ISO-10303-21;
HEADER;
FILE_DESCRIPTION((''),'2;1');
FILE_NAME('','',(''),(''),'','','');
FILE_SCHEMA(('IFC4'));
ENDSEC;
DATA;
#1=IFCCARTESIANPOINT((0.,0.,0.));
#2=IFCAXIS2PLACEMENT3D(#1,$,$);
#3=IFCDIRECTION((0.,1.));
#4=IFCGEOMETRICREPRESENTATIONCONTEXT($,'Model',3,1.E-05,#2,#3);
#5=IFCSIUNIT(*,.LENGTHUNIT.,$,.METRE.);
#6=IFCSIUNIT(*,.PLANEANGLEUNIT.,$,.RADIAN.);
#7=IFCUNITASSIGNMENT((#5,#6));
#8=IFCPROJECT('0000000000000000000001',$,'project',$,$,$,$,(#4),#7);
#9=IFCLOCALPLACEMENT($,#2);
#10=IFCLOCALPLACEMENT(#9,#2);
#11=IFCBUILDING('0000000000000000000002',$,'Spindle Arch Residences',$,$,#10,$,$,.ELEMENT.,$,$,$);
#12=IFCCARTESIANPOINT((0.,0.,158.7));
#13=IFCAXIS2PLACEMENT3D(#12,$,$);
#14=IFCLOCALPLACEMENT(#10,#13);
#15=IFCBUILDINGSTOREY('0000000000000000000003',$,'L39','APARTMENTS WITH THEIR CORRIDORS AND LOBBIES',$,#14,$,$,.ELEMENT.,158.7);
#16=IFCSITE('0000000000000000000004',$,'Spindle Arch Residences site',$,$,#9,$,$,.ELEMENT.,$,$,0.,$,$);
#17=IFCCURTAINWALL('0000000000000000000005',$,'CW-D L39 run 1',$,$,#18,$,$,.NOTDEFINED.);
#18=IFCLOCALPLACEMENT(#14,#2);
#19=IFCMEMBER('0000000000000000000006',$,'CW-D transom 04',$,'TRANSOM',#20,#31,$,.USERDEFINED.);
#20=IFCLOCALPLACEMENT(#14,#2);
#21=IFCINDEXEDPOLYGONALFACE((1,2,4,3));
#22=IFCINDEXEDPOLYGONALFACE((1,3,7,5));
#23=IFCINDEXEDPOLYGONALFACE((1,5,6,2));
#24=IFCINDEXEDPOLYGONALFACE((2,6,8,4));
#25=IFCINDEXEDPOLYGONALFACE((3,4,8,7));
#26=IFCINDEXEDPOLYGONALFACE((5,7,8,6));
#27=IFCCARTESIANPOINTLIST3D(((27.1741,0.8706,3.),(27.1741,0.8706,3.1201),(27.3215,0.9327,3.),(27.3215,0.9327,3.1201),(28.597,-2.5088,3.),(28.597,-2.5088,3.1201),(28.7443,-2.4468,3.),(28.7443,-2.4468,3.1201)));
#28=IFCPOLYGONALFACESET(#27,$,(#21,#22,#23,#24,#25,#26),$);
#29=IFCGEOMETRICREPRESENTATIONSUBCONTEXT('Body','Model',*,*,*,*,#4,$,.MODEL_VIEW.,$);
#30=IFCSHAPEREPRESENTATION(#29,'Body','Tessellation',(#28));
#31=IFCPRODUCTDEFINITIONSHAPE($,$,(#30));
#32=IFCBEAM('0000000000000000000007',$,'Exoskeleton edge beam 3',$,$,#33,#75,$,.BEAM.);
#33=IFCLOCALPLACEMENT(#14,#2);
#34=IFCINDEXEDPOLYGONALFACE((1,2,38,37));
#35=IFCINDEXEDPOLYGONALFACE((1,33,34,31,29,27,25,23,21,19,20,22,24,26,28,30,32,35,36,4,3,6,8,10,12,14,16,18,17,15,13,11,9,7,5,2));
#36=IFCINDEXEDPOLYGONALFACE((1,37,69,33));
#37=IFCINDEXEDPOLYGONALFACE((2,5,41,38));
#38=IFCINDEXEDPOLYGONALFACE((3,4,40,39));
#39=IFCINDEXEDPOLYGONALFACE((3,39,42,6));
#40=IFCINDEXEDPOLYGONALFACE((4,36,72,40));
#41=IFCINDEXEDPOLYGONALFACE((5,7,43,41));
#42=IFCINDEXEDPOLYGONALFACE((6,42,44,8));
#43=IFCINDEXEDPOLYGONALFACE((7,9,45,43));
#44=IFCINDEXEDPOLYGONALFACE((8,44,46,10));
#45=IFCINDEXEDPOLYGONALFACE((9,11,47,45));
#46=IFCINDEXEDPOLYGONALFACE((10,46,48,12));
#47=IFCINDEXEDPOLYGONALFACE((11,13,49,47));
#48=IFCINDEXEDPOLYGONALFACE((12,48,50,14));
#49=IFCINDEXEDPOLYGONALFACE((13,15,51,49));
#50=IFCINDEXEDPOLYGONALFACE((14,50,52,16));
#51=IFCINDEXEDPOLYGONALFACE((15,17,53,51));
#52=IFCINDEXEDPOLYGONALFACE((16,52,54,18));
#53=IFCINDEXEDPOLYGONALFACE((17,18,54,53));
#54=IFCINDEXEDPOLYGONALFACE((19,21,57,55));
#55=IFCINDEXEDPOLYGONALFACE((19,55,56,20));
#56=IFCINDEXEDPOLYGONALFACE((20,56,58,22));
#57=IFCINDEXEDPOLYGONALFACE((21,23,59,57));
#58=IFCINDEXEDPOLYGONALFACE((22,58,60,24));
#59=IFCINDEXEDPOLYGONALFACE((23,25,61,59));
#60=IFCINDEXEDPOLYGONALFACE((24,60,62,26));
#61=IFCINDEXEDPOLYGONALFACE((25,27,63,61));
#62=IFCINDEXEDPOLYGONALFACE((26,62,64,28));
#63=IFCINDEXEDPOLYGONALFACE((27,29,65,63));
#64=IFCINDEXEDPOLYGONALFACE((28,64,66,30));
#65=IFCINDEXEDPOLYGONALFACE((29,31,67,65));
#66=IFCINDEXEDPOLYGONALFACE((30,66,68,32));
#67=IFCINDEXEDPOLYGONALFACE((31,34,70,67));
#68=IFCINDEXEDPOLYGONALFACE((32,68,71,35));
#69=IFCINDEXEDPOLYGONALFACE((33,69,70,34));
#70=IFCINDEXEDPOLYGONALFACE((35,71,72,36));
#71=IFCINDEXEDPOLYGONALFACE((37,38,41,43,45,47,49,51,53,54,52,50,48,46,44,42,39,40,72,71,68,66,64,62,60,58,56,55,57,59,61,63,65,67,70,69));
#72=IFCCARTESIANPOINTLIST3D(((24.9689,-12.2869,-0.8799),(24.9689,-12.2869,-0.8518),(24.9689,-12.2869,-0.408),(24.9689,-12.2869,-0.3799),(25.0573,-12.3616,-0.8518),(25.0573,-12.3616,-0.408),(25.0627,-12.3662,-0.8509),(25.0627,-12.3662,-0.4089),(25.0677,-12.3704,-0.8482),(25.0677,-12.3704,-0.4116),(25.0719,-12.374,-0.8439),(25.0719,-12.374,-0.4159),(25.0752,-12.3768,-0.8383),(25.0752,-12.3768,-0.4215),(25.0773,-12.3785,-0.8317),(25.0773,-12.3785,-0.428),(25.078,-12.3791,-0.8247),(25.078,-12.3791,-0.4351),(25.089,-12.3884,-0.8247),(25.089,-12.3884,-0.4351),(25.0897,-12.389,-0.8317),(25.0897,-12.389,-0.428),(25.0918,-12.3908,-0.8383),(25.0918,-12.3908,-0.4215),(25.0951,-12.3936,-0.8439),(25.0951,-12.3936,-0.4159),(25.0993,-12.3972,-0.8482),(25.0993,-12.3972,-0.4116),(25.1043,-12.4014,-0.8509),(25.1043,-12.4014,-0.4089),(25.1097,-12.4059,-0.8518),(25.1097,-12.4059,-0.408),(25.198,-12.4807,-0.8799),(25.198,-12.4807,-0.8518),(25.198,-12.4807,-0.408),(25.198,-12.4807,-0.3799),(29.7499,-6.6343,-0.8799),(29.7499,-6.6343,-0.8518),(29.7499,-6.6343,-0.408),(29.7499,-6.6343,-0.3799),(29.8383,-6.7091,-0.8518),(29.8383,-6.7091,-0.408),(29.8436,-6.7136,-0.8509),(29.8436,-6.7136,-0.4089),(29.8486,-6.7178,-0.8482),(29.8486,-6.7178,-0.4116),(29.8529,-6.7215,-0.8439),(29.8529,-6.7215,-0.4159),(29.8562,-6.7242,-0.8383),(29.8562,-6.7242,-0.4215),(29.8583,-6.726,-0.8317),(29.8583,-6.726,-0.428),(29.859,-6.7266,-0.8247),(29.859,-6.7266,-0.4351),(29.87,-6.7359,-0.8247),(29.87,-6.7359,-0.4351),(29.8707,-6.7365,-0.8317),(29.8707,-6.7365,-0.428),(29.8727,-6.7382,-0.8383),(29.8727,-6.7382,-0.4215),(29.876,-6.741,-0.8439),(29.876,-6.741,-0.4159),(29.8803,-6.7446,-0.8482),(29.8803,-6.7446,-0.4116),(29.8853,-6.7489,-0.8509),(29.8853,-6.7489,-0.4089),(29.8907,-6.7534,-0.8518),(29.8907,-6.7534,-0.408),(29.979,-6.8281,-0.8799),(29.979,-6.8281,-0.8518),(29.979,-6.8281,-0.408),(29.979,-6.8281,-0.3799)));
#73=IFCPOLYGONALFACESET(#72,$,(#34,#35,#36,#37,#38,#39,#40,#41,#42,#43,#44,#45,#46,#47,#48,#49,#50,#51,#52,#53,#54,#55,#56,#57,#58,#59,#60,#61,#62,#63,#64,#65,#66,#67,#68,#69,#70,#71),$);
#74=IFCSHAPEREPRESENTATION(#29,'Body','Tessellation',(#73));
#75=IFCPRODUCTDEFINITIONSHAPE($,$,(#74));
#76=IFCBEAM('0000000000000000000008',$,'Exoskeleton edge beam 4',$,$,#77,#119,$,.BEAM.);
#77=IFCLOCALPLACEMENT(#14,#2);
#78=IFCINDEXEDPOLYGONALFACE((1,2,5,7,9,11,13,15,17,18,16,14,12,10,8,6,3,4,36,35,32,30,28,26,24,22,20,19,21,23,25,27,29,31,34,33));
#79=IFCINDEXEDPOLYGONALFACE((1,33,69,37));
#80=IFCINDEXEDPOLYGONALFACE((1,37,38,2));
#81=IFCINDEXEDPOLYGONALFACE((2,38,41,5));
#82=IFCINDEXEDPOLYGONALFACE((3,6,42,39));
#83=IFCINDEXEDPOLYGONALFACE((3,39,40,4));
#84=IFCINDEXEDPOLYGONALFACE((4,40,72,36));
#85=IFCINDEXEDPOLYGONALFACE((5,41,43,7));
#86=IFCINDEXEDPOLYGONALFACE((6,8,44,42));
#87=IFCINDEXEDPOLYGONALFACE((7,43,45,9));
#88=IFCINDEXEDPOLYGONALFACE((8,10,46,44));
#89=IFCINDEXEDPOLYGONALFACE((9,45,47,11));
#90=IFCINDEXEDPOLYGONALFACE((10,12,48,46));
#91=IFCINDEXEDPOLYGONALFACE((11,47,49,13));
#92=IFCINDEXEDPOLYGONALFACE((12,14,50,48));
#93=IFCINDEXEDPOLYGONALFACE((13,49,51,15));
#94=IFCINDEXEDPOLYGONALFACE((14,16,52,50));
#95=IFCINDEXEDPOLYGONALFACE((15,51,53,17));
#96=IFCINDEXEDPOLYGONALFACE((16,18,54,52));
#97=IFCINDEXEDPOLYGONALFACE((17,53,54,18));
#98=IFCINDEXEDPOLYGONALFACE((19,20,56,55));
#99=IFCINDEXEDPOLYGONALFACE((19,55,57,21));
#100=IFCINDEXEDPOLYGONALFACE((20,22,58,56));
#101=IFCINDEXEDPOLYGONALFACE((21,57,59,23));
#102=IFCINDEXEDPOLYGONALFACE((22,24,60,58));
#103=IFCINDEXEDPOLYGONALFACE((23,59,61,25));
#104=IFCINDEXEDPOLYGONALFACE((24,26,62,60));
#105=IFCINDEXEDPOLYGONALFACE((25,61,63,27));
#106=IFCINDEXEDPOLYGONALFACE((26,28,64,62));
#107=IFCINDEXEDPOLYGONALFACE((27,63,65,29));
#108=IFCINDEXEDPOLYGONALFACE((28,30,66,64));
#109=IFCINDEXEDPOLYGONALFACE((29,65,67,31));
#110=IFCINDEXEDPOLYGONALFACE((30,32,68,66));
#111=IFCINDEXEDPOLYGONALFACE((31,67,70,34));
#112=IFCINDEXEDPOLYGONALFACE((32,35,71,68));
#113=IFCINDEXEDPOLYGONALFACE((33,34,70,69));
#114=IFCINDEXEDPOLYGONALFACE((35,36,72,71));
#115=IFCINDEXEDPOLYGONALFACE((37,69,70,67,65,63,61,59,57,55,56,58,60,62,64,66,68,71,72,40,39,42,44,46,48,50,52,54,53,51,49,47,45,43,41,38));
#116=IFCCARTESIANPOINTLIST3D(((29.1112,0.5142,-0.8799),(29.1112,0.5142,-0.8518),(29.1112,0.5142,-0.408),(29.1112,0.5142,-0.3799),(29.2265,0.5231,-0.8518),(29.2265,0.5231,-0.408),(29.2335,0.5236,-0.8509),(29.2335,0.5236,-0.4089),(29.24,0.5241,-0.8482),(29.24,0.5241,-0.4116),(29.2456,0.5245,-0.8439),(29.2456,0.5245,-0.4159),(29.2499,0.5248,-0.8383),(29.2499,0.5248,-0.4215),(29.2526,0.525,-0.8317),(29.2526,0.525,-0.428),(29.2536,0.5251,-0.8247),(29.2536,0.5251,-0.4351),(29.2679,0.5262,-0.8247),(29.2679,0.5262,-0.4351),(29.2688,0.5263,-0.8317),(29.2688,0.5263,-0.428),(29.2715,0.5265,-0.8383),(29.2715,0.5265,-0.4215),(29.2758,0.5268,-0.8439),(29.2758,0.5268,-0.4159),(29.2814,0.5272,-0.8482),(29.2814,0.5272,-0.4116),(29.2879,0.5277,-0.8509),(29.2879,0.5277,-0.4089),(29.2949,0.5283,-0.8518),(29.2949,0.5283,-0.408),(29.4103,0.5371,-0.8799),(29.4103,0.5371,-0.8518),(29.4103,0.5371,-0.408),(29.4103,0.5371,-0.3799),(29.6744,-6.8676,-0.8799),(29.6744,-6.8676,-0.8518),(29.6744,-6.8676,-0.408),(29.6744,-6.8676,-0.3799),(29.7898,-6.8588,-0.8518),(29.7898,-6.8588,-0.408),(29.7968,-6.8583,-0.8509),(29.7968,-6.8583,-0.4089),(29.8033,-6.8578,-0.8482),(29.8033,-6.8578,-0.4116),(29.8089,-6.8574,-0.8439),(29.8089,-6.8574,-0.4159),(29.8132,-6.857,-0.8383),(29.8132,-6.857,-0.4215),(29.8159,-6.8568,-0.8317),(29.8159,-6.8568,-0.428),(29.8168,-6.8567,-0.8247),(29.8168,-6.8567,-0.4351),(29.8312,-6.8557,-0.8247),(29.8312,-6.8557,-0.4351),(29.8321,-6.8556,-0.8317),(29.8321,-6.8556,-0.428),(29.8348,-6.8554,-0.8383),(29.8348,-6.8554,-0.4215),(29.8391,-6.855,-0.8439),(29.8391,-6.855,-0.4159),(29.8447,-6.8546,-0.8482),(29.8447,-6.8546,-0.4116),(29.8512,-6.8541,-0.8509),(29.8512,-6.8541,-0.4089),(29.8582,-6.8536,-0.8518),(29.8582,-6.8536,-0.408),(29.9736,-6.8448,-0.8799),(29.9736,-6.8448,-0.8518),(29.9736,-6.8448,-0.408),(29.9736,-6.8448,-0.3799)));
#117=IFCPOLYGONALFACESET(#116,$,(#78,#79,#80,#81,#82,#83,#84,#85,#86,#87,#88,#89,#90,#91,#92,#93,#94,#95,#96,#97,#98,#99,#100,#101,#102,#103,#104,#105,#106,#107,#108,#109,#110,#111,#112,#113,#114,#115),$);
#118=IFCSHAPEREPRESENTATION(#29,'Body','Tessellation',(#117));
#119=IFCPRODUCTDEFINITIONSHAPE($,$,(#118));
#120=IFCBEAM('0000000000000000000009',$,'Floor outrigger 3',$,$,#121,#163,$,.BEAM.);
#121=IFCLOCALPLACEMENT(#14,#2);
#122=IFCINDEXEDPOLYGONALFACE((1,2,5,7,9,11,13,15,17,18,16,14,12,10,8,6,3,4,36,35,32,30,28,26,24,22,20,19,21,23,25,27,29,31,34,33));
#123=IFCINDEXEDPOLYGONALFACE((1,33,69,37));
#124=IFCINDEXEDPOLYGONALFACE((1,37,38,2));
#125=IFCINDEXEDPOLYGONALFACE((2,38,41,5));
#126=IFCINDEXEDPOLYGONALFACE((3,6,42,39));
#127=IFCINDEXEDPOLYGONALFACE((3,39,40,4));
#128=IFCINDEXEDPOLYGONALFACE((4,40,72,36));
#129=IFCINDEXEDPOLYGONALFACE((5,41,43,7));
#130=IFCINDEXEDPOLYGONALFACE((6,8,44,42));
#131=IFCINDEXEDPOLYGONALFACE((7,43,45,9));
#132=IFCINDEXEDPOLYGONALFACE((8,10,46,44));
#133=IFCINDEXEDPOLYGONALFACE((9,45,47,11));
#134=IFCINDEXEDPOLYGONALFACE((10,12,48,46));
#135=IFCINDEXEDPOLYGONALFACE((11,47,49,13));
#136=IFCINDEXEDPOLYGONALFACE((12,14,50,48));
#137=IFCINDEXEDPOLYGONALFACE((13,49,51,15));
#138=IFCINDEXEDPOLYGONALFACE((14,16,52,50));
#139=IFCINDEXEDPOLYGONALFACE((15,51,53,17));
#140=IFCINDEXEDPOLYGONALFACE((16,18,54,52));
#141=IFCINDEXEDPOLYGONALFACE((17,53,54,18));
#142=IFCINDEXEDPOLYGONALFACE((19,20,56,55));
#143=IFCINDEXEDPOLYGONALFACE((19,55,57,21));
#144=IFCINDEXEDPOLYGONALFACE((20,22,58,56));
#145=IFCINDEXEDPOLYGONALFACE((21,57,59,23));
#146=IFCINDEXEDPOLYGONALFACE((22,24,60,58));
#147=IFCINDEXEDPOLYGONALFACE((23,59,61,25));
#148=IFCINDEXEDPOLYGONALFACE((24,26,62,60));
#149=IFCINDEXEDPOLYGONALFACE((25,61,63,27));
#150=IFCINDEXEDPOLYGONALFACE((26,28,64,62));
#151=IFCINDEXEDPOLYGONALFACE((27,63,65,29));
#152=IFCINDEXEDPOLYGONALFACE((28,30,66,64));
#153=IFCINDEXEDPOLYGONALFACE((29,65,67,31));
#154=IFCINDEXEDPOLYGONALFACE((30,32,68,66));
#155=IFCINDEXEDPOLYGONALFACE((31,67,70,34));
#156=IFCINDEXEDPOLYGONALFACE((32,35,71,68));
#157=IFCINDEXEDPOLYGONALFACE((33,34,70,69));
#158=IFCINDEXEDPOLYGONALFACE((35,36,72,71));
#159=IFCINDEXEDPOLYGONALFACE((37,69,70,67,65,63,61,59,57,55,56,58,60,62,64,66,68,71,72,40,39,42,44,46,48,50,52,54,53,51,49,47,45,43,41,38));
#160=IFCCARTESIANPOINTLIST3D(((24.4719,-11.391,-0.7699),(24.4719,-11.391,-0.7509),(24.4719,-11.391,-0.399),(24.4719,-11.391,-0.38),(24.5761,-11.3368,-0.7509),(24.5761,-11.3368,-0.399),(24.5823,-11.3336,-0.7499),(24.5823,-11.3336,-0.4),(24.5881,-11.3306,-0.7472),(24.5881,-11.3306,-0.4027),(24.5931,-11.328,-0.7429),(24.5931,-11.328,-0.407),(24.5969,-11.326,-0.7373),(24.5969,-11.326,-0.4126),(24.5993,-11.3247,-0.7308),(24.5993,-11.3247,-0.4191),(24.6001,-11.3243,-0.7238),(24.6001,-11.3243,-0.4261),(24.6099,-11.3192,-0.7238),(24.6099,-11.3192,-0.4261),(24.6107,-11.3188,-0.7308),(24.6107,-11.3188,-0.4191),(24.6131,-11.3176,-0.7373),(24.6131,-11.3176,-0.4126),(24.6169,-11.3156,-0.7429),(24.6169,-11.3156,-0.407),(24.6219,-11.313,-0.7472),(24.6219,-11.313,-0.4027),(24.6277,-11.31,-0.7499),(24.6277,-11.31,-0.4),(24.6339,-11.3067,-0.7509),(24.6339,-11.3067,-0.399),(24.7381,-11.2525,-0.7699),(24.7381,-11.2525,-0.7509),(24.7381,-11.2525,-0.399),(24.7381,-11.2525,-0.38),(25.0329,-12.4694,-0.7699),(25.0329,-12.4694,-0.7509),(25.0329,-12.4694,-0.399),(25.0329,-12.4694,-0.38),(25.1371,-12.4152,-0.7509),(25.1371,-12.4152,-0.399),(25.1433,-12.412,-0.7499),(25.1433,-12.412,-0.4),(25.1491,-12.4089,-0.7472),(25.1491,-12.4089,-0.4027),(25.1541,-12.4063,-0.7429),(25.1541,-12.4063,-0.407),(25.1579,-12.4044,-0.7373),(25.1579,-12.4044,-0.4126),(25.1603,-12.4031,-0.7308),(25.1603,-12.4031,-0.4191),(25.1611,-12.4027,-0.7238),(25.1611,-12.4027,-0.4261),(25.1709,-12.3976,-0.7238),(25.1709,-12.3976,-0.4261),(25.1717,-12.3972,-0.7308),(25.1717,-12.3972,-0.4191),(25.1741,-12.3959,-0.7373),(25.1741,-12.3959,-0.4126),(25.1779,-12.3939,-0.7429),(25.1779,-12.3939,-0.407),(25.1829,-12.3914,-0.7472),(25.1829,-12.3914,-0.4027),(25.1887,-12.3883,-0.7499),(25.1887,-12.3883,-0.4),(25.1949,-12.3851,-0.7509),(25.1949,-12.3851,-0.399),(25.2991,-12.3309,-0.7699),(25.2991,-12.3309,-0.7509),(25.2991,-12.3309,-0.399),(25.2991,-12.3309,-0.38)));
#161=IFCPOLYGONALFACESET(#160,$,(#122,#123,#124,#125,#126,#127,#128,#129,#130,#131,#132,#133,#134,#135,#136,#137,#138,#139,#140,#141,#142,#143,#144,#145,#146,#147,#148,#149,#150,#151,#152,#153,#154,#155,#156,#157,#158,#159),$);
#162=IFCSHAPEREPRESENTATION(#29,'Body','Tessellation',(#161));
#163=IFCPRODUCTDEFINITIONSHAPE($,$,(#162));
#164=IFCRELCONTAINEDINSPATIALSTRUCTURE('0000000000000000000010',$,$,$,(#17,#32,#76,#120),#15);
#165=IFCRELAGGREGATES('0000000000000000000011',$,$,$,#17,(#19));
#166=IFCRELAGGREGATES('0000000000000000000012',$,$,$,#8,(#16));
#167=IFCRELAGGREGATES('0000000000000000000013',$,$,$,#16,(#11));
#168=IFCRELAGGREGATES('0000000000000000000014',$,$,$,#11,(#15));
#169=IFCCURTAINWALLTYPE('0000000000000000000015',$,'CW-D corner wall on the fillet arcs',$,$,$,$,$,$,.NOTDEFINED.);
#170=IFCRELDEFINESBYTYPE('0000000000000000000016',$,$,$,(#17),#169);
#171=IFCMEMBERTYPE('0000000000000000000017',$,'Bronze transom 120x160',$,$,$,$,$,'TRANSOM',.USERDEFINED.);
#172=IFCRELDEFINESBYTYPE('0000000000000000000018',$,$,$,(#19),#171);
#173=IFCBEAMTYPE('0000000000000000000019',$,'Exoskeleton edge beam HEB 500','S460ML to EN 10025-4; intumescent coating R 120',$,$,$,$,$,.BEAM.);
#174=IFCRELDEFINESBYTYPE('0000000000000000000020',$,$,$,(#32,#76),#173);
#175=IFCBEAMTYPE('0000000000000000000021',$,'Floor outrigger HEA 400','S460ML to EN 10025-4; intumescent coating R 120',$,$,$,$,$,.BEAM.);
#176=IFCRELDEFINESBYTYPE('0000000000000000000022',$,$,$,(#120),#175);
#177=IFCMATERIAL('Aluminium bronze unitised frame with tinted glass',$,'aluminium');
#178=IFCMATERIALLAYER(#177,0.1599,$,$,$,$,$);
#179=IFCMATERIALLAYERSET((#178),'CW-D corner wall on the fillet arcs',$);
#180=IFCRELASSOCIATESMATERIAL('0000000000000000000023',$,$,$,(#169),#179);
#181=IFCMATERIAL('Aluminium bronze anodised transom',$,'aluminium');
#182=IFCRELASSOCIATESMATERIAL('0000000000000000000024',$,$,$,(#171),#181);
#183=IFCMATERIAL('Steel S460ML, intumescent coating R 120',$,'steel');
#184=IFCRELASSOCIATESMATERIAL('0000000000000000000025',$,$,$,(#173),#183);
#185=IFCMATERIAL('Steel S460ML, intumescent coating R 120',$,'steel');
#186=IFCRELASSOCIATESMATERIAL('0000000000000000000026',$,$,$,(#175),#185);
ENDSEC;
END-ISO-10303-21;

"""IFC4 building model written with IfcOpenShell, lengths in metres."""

from ifc_helpers import new_model, si_unit, direction, frame, origin, origin_2d, place, context, subcontext, project, spatial, rectangle, i_section, extrude, material, layer, layer_set, material_profile, profile_set, type_object, element, aggregate, save


model = new_model("IFC4")

# Units and contexts
model_context = context("Model", 3, precision=1e-05, world=origin(), true_north=direction((0.0, 1.0)))
body_context = subcontext(model_context, "Body", "Model", "MODEL_VIEW")
ifc_project = project(units=[si_unit("LENGTHUNIT", "METRE"), si_unit("PLANEANGLEUNIT", "RADIAN")], contexts=[model_context])

# Site, building, storey
site_placement = place(None, origin())
site = spatial("IfcSite", under=ifc_project, at=site_placement, Name="Spindle Arch Residences site", CompositionType="ELEMENT", RefElevation=0.0)
building_placement = place(site_placement, origin())
building = spatial("IfcBuilding", under=site, at=building_placement, Name="Spindle Arch Residences", CompositionType="ELEMENT")
storey_placement = place(building_placement, frame((0.0, 0.0, 158.7)))
storey = spatial("IfcBuildingStorey", under=building, at=storey_placement, Name="L39", Description="APARTMENTS WITH THEIR CORRIDORS AND LOBBIES", CompositionType="ELEMENT", Elevation=158.7)

# Curtain wall, member
ifc_material_1 = material(Name="Aluminium bronze unitised frame with tinted glass", Category="aluminium")
ifc_layer_1 = layer(ifc_material_1, 0.1599)
ifc_layer_set_1 = layer_set([ifc_layer_1], Name="CW-D corner wall on the fillet arcs")
curtain_wall_type = type_object("IfcCurtainWallType", Name="CW-D corner wall on the fillet arcs", PredefinedType="NOTDEFINED", material=ifc_layer_set_1)
curtain_wall_placement = place(storey_placement, origin())
curtain_wall = element("IfcCurtainWall", 1, at=curtain_wall_placement, inside=storey, type_object=curtain_wall_type, Name="CW-D L39 run 1", PredefinedType="NOTDEFINED")
ifc_material_2 = material(Name="Aluminium bronze anodised transom", Category="aluminium")
ifc_material_profile_1 = material_profile(ifc_material_2, rectangle(XDim=0.1599, YDim=0.1201, at=origin_2d()), Name="TR 120x160")
ifc_profile_set_1 = profile_set([ifc_material_profile_1], Name="Aluminium bronze anodised transom")
member_type_1 = type_object("IfcMemberType", Name="Bronze transom 120x160", ElementType="TRANSOM", PredefinedType="USERDEFINED", material=ifc_profile_set_1)
member_1_placement = place(storey_placement, frame((28.6707, -2.4778, 3.0601), z_axis=(-0.388045, 0.92164, 0.0), x_axis=(-0.92164, -0.388045, 0.0)))
member_1 = element("IfcMember", 2, at=member_1_placement, type_object=member_type_1, Name="CW-D transom 04", ObjectType="TRANSOM", PredefinedType="USERDEFINED", context=body_context, shape_type="SweptSolid", body=[
    extrude(rectangle(XDim=0.1599, YDim=0.1201, at=origin_2d()), origin(), (0.0, 0.0, 1.0), 3.6667),
])

# Beams
ifc_material_3 = material(Name="Steel S460ML, intumescent coating R 120", Category="steel")
ifc_material_profile_2 = material_profile(ifc_material_3, i_section(OverallWidth=0.3, OverallDepth=0.5, WebThickness=0.0144, FlangeThickness=0.0281, FilletRadius=0.0271, at=origin_2d()), Name="HEB 500")
ifc_profile_set_2 = profile_set([ifc_material_profile_2], Name="Steel S460ML, intumescent coating R 120")
beam_type_1 = type_object("IfcBeamType", Name="Exoskeleton edge beam HEB 500", Description="S460ML to EN 10025-4; intumescent coating R 120", PredefinedType="BEAM", material=ifc_profile_set_2)
for number, where, z_axis, x_axis, name in (
    (3, (25.0835, -12.3838, -0.6299), (0.645788, 0.763516, 0.0), (-0.763516, 0.645788, 0.0), "Exoskeleton edge beam 3"),
    (4, (29.824, -6.8562, -0.6299), (-0.076079, 0.997102, 0.0), (-0.997102, -0.076079, 0.0), "Exoskeleton edge beam 4"),
):
    element("IfcBeam", number, at=place(storey_placement, frame(where, z_axis=z_axis, x_axis=x_axis)), inside=storey, type_object=beam_type_1, Name=name, PredefinedType="BEAM", context=body_context, shape_type="SweptSolid", body=[
        extrude(i_section(OverallWidth=0.3, OverallDepth=0.5, WebThickness=0.0144, FlangeThickness=0.0281, FilletRadius=0.0271, at=origin_2d()), origin(), (0.0, 0.0, 1.0), 7.4033),
    ])
ifc_material_4 = material(Name="Steel S460ML, intumescent coating R 120", Category="steel")
ifc_material_profile_3 = material_profile(ifc_material_4, i_section(OverallWidth=0.3, OverallDepth=0.3899, WebThickness=0.011, FlangeThickness=0.019, FilletRadius=0.0271, at=origin_2d()), Name="HEA 400")
ifc_profile_set_3 = profile_set([ifc_material_profile_3], Name="Steel S460ML, intumescent coating R 120")
beam_type_2 = type_object("IfcBeamType", Name="Floor outrigger HEA 400", Description="S460ML to EN 10025-4; intumescent coating R 120", PredefinedType="BEAM", material=ifc_profile_set_3)
beam_1_placement = place(storey_placement, frame((25.166, -12.4001, -0.575), z_axis=(-0.461536, 0.887121, 0.0), x_axis=(-0.887121, -0.461536, 0.0)))
element("IfcBeam", 5, at=beam_1_placement, inside=storey, type_object=beam_type_2, Name="Floor outrigger 3", PredefinedType="BEAM", context=body_context, shape_type="SweptSolid", body=[
    extrude(i_section(OverallWidth=0.3, OverallDepth=0.3899, WebThickness=0.011, FlangeThickness=0.019, FilletRadius=0.0271, at=origin_2d()), origin(), (0.0, 0.0, 1.0), 1.2156),
])

aggregate(curtain_wall, [member_1])

save(model, "model.ifc")
